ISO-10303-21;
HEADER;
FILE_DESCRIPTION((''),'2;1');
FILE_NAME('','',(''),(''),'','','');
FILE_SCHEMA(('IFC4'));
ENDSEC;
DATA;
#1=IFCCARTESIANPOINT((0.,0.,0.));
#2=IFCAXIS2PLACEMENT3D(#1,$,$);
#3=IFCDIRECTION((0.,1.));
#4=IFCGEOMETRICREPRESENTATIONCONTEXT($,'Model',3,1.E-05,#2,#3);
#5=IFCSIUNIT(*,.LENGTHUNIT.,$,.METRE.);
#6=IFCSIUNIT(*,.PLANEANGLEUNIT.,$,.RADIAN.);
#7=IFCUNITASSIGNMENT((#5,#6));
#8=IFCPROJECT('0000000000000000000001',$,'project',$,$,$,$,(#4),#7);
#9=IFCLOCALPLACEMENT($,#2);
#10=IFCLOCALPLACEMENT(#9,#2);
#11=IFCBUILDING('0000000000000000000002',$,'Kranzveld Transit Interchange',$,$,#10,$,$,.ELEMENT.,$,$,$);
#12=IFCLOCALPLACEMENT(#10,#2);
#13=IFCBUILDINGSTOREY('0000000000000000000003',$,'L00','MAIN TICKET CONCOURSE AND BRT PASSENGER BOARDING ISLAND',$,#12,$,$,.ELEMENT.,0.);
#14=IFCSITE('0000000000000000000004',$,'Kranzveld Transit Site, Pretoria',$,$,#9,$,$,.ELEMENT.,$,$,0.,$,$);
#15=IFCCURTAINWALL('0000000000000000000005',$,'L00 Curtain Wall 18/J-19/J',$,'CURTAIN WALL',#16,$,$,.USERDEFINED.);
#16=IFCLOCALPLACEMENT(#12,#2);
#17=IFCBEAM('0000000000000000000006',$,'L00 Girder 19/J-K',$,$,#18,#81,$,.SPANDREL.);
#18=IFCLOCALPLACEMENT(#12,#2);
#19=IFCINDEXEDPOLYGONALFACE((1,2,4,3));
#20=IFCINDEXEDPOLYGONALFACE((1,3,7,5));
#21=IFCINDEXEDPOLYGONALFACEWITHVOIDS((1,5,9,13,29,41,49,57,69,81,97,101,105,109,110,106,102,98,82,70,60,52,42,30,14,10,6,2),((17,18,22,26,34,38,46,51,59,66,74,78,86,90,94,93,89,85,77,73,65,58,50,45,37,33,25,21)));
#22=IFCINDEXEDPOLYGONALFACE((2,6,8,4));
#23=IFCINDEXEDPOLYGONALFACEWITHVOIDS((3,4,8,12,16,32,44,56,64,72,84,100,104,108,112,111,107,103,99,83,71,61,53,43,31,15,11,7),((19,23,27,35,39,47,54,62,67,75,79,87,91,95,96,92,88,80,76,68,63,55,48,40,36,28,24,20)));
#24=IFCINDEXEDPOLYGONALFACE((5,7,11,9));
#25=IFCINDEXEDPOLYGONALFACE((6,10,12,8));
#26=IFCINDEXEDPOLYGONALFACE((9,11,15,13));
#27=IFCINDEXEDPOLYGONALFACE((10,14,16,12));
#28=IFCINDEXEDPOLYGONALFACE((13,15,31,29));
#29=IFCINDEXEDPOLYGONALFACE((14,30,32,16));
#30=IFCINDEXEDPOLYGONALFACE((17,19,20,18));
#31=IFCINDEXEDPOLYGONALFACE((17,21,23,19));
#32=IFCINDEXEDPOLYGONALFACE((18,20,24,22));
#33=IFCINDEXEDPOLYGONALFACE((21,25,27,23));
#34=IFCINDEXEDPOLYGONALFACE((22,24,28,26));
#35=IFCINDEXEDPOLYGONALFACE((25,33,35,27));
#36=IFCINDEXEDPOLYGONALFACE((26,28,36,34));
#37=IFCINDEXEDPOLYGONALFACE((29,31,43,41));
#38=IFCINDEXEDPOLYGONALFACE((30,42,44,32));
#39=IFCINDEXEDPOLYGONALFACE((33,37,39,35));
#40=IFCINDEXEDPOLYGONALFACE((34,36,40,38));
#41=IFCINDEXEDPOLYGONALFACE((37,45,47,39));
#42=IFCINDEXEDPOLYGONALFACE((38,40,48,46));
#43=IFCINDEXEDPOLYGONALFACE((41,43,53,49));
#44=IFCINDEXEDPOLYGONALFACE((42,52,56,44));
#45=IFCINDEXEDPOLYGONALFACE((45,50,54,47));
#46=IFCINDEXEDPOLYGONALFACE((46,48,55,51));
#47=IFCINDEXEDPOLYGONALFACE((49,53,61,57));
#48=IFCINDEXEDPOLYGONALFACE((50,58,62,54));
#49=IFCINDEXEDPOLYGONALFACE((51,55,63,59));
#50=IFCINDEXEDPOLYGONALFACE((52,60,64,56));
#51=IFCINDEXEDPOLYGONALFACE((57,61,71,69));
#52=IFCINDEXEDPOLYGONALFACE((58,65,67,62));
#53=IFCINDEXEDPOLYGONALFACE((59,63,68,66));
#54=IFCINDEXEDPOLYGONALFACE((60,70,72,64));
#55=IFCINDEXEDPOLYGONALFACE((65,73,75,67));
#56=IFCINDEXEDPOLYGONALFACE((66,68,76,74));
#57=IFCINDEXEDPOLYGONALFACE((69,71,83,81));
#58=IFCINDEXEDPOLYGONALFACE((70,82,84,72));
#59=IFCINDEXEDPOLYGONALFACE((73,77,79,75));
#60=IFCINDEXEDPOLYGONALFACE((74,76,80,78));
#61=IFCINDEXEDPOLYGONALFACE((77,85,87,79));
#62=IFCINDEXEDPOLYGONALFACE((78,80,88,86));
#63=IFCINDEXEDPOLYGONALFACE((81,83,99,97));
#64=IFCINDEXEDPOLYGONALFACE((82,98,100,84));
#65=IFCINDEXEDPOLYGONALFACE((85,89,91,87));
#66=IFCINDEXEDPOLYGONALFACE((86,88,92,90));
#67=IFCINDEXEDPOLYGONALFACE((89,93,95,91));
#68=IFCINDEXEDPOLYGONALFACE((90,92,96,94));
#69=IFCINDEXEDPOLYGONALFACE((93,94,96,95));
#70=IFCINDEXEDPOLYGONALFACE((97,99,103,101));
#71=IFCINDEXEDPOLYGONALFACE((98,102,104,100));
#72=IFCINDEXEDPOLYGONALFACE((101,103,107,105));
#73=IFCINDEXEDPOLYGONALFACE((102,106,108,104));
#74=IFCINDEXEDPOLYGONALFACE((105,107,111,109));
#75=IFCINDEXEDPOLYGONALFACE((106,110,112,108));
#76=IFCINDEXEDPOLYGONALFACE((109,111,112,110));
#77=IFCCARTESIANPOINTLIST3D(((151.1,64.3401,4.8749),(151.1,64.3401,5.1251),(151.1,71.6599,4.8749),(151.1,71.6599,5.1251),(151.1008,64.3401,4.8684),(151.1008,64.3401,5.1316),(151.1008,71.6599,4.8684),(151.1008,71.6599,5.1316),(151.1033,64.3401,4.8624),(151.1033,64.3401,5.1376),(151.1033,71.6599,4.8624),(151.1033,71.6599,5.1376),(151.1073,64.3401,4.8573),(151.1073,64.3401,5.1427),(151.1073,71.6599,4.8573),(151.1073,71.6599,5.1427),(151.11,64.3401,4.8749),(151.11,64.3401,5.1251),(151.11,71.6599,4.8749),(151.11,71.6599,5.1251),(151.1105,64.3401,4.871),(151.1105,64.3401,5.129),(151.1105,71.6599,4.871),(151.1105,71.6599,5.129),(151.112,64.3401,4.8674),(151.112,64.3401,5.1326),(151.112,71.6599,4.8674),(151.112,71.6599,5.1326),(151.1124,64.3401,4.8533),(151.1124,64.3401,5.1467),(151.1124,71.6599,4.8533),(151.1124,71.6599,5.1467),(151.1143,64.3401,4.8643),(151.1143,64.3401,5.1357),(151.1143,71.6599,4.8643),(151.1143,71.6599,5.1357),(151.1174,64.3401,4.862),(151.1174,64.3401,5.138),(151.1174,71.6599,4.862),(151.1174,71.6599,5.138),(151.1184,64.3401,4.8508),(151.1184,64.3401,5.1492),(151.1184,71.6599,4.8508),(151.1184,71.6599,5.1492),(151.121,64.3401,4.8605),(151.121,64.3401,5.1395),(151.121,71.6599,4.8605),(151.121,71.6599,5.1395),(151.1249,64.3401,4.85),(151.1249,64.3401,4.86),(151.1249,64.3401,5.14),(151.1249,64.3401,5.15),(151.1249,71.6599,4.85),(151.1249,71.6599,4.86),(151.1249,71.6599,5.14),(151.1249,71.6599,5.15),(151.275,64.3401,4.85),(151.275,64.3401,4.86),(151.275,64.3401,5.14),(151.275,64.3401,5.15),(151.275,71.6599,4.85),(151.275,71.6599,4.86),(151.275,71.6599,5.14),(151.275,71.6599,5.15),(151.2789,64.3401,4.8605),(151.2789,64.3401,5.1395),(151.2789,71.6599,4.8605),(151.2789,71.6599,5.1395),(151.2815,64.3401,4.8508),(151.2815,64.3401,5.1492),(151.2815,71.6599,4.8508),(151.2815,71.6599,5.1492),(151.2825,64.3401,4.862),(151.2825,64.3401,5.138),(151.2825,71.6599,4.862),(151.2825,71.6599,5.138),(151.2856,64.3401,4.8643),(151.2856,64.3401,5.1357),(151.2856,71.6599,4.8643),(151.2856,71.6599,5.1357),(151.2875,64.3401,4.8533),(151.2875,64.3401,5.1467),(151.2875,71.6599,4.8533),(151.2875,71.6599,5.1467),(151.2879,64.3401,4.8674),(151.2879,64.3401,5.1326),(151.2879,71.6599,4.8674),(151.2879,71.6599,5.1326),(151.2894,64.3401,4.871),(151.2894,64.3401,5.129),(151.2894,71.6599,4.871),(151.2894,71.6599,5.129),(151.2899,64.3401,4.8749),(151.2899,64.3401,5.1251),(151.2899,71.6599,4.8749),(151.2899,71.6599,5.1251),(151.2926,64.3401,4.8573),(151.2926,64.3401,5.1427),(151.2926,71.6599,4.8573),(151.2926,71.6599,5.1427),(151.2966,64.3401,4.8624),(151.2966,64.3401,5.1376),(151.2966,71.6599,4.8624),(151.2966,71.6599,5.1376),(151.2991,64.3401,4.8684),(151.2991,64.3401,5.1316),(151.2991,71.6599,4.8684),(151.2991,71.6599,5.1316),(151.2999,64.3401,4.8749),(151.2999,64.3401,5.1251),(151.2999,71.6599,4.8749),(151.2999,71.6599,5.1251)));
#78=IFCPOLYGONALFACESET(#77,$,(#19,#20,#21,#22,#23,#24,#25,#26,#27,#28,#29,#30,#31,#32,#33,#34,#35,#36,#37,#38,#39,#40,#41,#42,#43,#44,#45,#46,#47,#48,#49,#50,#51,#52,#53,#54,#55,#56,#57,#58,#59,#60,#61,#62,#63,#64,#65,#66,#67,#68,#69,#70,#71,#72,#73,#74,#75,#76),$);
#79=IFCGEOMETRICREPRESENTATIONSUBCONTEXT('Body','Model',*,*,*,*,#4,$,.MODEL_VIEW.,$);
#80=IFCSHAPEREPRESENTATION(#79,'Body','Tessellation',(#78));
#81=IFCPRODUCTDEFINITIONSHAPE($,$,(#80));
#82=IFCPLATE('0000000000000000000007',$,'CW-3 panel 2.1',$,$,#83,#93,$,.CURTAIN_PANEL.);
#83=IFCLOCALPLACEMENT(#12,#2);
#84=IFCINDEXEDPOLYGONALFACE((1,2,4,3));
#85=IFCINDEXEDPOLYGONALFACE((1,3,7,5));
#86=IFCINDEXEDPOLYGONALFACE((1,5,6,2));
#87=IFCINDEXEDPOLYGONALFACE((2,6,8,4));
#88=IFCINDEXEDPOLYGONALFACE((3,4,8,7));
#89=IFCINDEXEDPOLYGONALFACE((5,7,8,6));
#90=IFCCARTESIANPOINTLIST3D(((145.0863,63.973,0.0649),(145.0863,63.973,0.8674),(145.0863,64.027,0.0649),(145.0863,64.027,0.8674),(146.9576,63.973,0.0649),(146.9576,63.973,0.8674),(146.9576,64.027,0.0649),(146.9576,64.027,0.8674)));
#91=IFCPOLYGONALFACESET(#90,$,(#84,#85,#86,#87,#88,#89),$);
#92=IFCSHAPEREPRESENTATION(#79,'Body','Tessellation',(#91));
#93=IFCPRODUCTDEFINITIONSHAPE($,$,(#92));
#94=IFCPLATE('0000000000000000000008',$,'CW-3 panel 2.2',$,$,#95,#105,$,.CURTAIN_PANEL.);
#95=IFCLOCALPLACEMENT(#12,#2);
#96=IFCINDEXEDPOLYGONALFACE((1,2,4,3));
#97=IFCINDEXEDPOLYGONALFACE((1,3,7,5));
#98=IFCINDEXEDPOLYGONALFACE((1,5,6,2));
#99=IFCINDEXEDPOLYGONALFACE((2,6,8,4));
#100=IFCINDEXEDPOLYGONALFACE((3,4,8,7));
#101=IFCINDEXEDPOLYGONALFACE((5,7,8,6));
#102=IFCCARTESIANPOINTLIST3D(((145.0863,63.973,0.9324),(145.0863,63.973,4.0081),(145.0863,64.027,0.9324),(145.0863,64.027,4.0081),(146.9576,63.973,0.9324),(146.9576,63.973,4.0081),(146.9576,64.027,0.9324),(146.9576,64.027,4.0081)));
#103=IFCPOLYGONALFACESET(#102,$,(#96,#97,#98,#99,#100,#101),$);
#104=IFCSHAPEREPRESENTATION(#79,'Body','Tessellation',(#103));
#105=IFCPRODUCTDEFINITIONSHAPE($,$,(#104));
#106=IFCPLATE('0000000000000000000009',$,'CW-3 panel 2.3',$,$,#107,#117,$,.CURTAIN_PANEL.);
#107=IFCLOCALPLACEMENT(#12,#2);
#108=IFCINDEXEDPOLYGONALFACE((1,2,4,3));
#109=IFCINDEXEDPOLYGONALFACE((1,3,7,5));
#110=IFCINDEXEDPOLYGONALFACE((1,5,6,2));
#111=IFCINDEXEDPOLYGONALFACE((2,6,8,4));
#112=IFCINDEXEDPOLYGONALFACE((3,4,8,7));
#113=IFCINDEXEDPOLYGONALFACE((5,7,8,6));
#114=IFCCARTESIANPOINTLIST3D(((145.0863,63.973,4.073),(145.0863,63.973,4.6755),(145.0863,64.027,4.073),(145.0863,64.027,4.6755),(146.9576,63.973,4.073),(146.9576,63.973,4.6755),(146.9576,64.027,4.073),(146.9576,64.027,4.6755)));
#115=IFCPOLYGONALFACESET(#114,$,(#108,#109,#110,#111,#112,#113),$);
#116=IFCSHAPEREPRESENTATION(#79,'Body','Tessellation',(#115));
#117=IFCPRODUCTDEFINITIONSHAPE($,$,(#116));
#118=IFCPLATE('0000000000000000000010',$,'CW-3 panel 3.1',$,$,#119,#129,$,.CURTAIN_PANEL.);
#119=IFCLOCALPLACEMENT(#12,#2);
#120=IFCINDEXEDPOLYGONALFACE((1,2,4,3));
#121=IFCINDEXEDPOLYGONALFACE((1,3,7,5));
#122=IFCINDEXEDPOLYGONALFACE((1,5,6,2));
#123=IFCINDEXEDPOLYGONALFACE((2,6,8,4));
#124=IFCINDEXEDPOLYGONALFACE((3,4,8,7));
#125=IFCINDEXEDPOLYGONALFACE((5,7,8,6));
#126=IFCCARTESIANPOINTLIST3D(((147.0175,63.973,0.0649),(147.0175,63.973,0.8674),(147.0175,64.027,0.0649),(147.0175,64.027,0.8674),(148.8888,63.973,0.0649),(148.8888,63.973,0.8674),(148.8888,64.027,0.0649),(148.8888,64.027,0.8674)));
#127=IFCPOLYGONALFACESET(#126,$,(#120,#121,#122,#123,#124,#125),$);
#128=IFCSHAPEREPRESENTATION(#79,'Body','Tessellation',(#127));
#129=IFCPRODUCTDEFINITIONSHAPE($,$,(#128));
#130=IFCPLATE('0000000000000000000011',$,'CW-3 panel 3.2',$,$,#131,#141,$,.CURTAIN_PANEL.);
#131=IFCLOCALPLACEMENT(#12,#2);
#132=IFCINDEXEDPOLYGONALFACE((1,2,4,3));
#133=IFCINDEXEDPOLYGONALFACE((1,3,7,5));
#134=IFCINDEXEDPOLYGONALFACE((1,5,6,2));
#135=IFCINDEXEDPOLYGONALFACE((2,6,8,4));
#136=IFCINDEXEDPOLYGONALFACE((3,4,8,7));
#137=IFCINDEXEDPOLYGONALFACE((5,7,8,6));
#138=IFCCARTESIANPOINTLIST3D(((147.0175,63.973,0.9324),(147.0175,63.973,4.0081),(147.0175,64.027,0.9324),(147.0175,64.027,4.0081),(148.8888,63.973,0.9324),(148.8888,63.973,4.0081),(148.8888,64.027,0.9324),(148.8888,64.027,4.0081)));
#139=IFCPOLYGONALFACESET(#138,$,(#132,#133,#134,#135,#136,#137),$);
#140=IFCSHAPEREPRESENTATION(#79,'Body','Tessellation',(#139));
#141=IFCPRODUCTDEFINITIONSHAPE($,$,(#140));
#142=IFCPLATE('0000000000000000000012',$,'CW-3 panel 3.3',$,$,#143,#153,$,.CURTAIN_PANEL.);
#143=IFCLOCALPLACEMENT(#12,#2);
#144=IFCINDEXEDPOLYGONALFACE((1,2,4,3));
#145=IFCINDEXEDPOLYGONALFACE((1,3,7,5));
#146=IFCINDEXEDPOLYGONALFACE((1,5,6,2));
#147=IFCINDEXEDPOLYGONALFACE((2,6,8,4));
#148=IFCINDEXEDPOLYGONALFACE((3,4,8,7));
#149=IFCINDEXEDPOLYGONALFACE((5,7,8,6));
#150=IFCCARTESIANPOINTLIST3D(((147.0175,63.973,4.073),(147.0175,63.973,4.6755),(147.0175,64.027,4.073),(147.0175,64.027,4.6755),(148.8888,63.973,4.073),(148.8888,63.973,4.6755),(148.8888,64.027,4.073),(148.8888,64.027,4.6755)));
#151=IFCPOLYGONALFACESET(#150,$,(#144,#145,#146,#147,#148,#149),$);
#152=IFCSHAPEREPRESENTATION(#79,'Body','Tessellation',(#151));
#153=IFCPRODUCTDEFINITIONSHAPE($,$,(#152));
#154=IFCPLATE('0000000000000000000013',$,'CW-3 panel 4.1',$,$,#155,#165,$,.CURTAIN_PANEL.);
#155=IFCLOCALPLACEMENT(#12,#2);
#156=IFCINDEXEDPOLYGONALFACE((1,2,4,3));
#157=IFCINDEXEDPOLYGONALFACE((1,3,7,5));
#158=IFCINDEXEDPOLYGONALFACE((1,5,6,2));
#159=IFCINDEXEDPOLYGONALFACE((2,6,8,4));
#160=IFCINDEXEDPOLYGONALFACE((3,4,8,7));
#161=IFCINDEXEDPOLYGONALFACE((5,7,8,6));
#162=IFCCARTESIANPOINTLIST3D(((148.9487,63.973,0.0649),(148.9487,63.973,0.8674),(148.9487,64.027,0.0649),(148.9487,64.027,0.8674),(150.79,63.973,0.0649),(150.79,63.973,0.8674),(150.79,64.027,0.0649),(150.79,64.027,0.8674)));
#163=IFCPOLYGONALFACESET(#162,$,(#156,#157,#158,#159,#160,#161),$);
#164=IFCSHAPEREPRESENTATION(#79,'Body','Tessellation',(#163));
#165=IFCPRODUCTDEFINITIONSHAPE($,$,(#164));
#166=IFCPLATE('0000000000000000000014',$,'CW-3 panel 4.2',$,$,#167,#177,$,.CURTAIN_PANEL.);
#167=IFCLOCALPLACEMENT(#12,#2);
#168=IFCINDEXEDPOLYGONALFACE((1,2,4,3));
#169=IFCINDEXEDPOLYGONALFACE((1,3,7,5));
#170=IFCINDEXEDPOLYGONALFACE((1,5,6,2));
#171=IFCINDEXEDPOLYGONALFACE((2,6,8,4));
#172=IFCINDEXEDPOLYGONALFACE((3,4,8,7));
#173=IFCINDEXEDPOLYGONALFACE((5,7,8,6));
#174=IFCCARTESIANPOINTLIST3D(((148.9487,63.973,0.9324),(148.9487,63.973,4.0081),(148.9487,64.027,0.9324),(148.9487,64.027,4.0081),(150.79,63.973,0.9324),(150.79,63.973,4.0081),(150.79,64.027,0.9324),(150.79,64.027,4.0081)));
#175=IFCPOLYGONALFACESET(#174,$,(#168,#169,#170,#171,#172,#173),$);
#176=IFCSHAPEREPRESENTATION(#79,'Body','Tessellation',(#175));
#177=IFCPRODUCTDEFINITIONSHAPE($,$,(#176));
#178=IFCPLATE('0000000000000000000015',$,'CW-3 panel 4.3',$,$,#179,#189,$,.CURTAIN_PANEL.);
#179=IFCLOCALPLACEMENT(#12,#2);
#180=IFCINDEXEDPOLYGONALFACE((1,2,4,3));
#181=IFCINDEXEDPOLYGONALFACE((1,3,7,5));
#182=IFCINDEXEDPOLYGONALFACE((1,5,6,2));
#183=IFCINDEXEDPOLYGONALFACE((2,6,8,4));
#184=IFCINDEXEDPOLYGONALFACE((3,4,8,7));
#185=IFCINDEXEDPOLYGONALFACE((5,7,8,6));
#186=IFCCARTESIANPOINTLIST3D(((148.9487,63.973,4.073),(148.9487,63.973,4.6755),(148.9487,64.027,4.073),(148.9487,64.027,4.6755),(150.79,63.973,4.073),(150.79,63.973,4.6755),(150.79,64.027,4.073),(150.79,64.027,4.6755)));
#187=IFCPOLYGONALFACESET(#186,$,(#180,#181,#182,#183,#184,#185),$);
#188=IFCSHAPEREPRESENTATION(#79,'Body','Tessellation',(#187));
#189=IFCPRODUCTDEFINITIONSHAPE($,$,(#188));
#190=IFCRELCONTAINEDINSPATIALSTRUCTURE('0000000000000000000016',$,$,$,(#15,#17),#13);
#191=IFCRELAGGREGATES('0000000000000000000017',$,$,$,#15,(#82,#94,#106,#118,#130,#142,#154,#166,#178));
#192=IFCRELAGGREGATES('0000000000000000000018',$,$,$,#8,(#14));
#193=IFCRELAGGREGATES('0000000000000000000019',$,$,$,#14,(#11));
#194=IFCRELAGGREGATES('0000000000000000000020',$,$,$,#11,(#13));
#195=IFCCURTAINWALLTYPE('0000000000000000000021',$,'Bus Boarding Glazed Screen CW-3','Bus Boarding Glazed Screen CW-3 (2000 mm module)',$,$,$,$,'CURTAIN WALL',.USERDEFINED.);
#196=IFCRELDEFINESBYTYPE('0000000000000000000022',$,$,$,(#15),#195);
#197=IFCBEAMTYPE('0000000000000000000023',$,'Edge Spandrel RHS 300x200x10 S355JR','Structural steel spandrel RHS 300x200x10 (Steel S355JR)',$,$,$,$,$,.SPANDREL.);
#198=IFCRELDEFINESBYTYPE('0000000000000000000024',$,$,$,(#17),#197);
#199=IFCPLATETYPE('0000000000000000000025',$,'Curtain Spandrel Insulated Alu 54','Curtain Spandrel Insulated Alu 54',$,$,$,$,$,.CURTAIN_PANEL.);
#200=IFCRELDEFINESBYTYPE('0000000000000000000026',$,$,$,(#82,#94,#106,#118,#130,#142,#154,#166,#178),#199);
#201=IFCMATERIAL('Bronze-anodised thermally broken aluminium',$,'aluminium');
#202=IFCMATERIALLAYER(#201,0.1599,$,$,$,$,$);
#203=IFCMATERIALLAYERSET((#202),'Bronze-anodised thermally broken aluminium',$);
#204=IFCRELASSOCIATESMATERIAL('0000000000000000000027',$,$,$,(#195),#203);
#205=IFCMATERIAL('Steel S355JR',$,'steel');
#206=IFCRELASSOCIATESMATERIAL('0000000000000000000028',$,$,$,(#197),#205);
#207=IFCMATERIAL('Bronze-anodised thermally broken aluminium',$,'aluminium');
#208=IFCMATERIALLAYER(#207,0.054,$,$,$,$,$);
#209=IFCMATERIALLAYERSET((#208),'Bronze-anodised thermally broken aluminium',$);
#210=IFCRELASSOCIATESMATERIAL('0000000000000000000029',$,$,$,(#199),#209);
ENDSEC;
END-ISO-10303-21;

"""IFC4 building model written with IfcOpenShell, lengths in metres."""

from ifc_helpers import new_model, si_unit, direction, frame, origin, origin_2d, place, context, subcontext, project, spatial, rectangle, hollow_rectangle, extrude, material, layer, layer_set, material_profile, profile_set, type_object, element, aggregate, save


model = new_model("IFC4")

# Units and contexts
model_context = context("Model", 3, precision=1e-05, world=origin(), true_north=direction((0.0, 1.0)))
body_context = subcontext(model_context, "Body", "Model", "MODEL_VIEW")
ifc_project = project(units=[si_unit("LENGTHUNIT", "METRE"), si_unit("PLANEANGLEUNIT", "RADIAN")], contexts=[model_context])

# Site, building, storey
site_placement = place(None, origin())
site = spatial("IfcSite", under=ifc_project, at=site_placement, Name="Kranzveld Transit Site, Pretoria", CompositionType="ELEMENT", RefElevation=0.0)
building_placement = place(site_placement, origin())
building = spatial("IfcBuilding", under=site, at=building_placement, Name="Kranzveld Transit Interchange", CompositionType="ELEMENT")
storey_placement = place(building_placement, origin())
storey = spatial("IfcBuildingStorey", under=building, at=storey_placement, Name="L00", Description="MAIN TICKET CONCOURSE AND BRT PASSENGER BOARDING ISLAND", CompositionType="ELEMENT", Elevation=0.0)

# Curtain wall
ifc_material_1 = material(Name="Bronze-anodised thermally broken aluminium", Category="aluminium")
ifc_layer_1 = layer(ifc_material_1, 0.1599)
ifc_layer_set_1 = layer_set([ifc_layer_1], Name="Bronze-anodised thermally broken aluminium")
curtain_wall_type_1 = type_object("IfcCurtainWallType", Name="Bus Boarding Glazed Screen CW-3", Description="Bus Boarding Glazed Screen CW-3 (2000 mm module)", ElementType="CURTAIN WALL", PredefinedType="USERDEFINED", material=ifc_layer_set_1)
curtain_wall_1_placement = place(storey_placement, origin())
curtain_wall_1 = element("IfcCurtainWall", 1, at=curtain_wall_1_placement, inside=storey, type_object=curtain_wall_type_1, Name="L00 Curtain Wall 18/J-19/J", ObjectType="CURTAIN WALL", PredefinedType="USERDEFINED")

# Beam
ifc_material_2 = material(Name="Steel S355JR", Category="steel")
ifc_material_profile_1 = material_profile(ifc_material_2, hollow_rectangle(XDim=0.2, YDim=0.3, WallThickness=0.01, InnerFilletRadius=0.0149, OuterFilletRadius=0.0249, at=origin_2d()), Name="RHS 300x200x10")
ifc_profile_set_1 = profile_set([ifc_material_profile_1], Name="Steel S355JR")
beam_type = type_object("IfcBeamType", Name="Edge Spandrel RHS 300x200x10 S355JR", Description="Structural steel spandrel RHS 300x200x10 (Steel S355JR)", PredefinedType="SPANDREL", material=ifc_profile_set_1)
beam_placement = place(storey_placement, frame((151.2, 64.3401, 5.0), z_axis=(0.0, 1.0, 0.0), x_axis=(-1.0, 0.0, 0.0)))
element("IfcBeam", 2, at=beam_placement, inside=storey, type_object=beam_type, Name="L00 Girder 19/J-K", PredefinedType="SPANDREL", context=body_context, shape_type="SweptSolid", body=[
    extrude(hollow_rectangle(XDim=0.2, YDim=0.3, WallThickness=0.01, InnerFilletRadius=0.0149, OuterFilletRadius=0.0249, at=origin_2d()), origin(), (0.0, 0.0, 1.0), 7.3198),
])

# Plates
ifc_material_3 = material(Name="Bronze-anodised thermally broken aluminium", Category="aluminium")
ifc_layer_2 = layer(ifc_material_3, 0.054)
ifc_layer_set_2 = layer_set([ifc_layer_2], Name="Bronze-anodised thermally broken aluminium")
plate_type = type_object("IfcPlateType", Name="Curtain Spandrel Insulated Alu 54", Description="Curtain Spandrel Insulated Alu 54", PredefinedType="CURTAIN_PANEL", material=ifc_layer_set_2)
plate_1_placement = place(storey_placement, frame((146.022, 64.0, 0.0649), z_axis=(0.0, 0.0, 1.0), x_axis=(1.0, 0.0, 0.0)))
plate_1 = element("IfcPlate", 3, at=plate_1_placement, type_object=plate_type, Name="CW-3 panel 2.1", PredefinedType="CURTAIN_PANEL", context=body_context, shape_type="SweptSolid", body=[
    extrude(rectangle(XDim=1.8713, YDim=0.054, at=origin_2d()), origin(), (0.0, 0.0, 1.0), 0.8025),
])
plate_2_placement = place(storey_placement, frame((146.022, 64.0, 0.9324), z_axis=(0.0, 0.0, 1.0), x_axis=(1.0, 0.0, 0.0)))
plate_2 = element("IfcPlate", 4, at=plate_2_placement, type_object=plate_type, Name="CW-3 panel 2.2", PredefinedType="CURTAIN_PANEL", context=body_context, shape_type="SweptSolid", body=[
    extrude(rectangle(XDim=1.8713, YDim=0.054, at=origin_2d()), origin(), (0.0, 0.0, 1.0), 3.0757),
])
plate_3_placement = place(storey_placement, frame((146.022, 64.0, 4.073), z_axis=(0.0, 0.0, 1.0), x_axis=(1.0, 0.0, 0.0)))
plate_3 = element("IfcPlate", 5, at=plate_3_placement, type_object=plate_type, Name="CW-3 panel 2.3", PredefinedType="CURTAIN_PANEL", context=body_context, shape_type="SweptSolid", body=[
    extrude(rectangle(XDim=1.8713, YDim=0.054, at=origin_2d()), origin(), (0.0, 0.0, 1.0), 0.6025),
])
plate_4_placement = place(storey_placement, frame((147.9531, 64.0, 0.0649), z_axis=(0.0, 0.0, 1.0), x_axis=(1.0, 0.0, 0.0)))
plate_4 = element("IfcPlate", 6, at=plate_4_placement, type_object=plate_type, Name="CW-3 panel 3.1", PredefinedType="CURTAIN_PANEL", context=body_context, shape_type="SweptSolid", body=[
    extrude(rectangle(XDim=1.8713, YDim=0.054, at=origin_2d()), origin(), (0.0, 0.0, 1.0), 0.8025),
])
plate_5_placement = place(storey_placement, frame((147.9531, 64.0, 0.9324), z_axis=(0.0, 0.0, 1.0), x_axis=(1.0, 0.0, 0.0)))
plate_5 = element("IfcPlate", 7, at=plate_5_placement, type_object=plate_type, Name="CW-3 panel 3.2", PredefinedType="CURTAIN_PANEL", context=body_context, shape_type="SweptSolid", body=[
    extrude(rectangle(XDim=1.8713, YDim=0.054, at=origin_2d()), origin(), (0.0, 0.0, 1.0), 3.0757),
])
plate_6_placement = place(storey_placement, frame((147.9531, 64.0, 4.073), z_axis=(0.0, 0.0, 1.0), x_axis=(1.0, 0.0, 0.0)))
plate_6 = element("IfcPlate", 8, at=plate_6_placement, type_object=plate_type, Name="CW-3 panel 3.3", PredefinedType="CURTAIN_PANEL", context=body_context, shape_type="SweptSolid", body=[
    extrude(rectangle(XDim=1.8713, YDim=0.054, at=origin_2d()), origin(), (0.0, 0.0, 1.0), 0.6025),
])
plate_7_placement = place(storey_placement, frame((149.8694, 64.0, 0.0649), z_axis=(0.0, 0.0, 1.0), x_axis=(1.0, 0.0, 0.0)))
plate_7 = element("IfcPlate", 9, at=plate_7_placement, type_object=plate_type, Name="CW-3 panel 4.1", PredefinedType="CURTAIN_PANEL", context=body_context, shape_type="SweptSolid", body=[
    extrude(rectangle(XDim=1.8413, YDim=0.054, at=origin_2d()), origin(), (0.0, 0.0, 1.0), 0.8025),
])
plate_8_placement = place(storey_placement, frame((149.8694, 64.0, 0.9324), z_axis=(0.0, 0.0, 1.0), x_axis=(1.0, 0.0, 0.0)))
plate_8 = element("IfcPlate", 10, at=plate_8_placement, type_object=plate_type, Name="CW-3 panel 4.2", PredefinedType="CURTAIN_PANEL", context=body_context, shape_type="SweptSolid", body=[
    extrude(rectangle(XDim=1.8413, YDim=0.054, at=origin_2d()), origin(), (0.0, 0.0, 1.0), 3.0757),
])
plate_9_placement = place(storey_placement, frame((149.8694, 64.0, 4.073), z_axis=(0.0, 0.0, 1.0), x_axis=(1.0, 0.0, 0.0)))
plate_9 = element("IfcPlate", 11, at=plate_9_placement, type_object=plate_type, Name="CW-3 panel 4.3", PredefinedType="CURTAIN_PANEL", context=body_context, shape_type="SweptSolid", body=[
    extrude(rectangle(XDim=1.8413, YDim=0.054, at=origin_2d()), origin(), (0.0, 0.0, 1.0), 0.6025),
])
aggregate(curtain_wall_1, [plate_1, plate_2, plate_3, plate_4, plate_5, plate_6, plate_7, plate_8, plate_9])

save(model, "model.ifc")
